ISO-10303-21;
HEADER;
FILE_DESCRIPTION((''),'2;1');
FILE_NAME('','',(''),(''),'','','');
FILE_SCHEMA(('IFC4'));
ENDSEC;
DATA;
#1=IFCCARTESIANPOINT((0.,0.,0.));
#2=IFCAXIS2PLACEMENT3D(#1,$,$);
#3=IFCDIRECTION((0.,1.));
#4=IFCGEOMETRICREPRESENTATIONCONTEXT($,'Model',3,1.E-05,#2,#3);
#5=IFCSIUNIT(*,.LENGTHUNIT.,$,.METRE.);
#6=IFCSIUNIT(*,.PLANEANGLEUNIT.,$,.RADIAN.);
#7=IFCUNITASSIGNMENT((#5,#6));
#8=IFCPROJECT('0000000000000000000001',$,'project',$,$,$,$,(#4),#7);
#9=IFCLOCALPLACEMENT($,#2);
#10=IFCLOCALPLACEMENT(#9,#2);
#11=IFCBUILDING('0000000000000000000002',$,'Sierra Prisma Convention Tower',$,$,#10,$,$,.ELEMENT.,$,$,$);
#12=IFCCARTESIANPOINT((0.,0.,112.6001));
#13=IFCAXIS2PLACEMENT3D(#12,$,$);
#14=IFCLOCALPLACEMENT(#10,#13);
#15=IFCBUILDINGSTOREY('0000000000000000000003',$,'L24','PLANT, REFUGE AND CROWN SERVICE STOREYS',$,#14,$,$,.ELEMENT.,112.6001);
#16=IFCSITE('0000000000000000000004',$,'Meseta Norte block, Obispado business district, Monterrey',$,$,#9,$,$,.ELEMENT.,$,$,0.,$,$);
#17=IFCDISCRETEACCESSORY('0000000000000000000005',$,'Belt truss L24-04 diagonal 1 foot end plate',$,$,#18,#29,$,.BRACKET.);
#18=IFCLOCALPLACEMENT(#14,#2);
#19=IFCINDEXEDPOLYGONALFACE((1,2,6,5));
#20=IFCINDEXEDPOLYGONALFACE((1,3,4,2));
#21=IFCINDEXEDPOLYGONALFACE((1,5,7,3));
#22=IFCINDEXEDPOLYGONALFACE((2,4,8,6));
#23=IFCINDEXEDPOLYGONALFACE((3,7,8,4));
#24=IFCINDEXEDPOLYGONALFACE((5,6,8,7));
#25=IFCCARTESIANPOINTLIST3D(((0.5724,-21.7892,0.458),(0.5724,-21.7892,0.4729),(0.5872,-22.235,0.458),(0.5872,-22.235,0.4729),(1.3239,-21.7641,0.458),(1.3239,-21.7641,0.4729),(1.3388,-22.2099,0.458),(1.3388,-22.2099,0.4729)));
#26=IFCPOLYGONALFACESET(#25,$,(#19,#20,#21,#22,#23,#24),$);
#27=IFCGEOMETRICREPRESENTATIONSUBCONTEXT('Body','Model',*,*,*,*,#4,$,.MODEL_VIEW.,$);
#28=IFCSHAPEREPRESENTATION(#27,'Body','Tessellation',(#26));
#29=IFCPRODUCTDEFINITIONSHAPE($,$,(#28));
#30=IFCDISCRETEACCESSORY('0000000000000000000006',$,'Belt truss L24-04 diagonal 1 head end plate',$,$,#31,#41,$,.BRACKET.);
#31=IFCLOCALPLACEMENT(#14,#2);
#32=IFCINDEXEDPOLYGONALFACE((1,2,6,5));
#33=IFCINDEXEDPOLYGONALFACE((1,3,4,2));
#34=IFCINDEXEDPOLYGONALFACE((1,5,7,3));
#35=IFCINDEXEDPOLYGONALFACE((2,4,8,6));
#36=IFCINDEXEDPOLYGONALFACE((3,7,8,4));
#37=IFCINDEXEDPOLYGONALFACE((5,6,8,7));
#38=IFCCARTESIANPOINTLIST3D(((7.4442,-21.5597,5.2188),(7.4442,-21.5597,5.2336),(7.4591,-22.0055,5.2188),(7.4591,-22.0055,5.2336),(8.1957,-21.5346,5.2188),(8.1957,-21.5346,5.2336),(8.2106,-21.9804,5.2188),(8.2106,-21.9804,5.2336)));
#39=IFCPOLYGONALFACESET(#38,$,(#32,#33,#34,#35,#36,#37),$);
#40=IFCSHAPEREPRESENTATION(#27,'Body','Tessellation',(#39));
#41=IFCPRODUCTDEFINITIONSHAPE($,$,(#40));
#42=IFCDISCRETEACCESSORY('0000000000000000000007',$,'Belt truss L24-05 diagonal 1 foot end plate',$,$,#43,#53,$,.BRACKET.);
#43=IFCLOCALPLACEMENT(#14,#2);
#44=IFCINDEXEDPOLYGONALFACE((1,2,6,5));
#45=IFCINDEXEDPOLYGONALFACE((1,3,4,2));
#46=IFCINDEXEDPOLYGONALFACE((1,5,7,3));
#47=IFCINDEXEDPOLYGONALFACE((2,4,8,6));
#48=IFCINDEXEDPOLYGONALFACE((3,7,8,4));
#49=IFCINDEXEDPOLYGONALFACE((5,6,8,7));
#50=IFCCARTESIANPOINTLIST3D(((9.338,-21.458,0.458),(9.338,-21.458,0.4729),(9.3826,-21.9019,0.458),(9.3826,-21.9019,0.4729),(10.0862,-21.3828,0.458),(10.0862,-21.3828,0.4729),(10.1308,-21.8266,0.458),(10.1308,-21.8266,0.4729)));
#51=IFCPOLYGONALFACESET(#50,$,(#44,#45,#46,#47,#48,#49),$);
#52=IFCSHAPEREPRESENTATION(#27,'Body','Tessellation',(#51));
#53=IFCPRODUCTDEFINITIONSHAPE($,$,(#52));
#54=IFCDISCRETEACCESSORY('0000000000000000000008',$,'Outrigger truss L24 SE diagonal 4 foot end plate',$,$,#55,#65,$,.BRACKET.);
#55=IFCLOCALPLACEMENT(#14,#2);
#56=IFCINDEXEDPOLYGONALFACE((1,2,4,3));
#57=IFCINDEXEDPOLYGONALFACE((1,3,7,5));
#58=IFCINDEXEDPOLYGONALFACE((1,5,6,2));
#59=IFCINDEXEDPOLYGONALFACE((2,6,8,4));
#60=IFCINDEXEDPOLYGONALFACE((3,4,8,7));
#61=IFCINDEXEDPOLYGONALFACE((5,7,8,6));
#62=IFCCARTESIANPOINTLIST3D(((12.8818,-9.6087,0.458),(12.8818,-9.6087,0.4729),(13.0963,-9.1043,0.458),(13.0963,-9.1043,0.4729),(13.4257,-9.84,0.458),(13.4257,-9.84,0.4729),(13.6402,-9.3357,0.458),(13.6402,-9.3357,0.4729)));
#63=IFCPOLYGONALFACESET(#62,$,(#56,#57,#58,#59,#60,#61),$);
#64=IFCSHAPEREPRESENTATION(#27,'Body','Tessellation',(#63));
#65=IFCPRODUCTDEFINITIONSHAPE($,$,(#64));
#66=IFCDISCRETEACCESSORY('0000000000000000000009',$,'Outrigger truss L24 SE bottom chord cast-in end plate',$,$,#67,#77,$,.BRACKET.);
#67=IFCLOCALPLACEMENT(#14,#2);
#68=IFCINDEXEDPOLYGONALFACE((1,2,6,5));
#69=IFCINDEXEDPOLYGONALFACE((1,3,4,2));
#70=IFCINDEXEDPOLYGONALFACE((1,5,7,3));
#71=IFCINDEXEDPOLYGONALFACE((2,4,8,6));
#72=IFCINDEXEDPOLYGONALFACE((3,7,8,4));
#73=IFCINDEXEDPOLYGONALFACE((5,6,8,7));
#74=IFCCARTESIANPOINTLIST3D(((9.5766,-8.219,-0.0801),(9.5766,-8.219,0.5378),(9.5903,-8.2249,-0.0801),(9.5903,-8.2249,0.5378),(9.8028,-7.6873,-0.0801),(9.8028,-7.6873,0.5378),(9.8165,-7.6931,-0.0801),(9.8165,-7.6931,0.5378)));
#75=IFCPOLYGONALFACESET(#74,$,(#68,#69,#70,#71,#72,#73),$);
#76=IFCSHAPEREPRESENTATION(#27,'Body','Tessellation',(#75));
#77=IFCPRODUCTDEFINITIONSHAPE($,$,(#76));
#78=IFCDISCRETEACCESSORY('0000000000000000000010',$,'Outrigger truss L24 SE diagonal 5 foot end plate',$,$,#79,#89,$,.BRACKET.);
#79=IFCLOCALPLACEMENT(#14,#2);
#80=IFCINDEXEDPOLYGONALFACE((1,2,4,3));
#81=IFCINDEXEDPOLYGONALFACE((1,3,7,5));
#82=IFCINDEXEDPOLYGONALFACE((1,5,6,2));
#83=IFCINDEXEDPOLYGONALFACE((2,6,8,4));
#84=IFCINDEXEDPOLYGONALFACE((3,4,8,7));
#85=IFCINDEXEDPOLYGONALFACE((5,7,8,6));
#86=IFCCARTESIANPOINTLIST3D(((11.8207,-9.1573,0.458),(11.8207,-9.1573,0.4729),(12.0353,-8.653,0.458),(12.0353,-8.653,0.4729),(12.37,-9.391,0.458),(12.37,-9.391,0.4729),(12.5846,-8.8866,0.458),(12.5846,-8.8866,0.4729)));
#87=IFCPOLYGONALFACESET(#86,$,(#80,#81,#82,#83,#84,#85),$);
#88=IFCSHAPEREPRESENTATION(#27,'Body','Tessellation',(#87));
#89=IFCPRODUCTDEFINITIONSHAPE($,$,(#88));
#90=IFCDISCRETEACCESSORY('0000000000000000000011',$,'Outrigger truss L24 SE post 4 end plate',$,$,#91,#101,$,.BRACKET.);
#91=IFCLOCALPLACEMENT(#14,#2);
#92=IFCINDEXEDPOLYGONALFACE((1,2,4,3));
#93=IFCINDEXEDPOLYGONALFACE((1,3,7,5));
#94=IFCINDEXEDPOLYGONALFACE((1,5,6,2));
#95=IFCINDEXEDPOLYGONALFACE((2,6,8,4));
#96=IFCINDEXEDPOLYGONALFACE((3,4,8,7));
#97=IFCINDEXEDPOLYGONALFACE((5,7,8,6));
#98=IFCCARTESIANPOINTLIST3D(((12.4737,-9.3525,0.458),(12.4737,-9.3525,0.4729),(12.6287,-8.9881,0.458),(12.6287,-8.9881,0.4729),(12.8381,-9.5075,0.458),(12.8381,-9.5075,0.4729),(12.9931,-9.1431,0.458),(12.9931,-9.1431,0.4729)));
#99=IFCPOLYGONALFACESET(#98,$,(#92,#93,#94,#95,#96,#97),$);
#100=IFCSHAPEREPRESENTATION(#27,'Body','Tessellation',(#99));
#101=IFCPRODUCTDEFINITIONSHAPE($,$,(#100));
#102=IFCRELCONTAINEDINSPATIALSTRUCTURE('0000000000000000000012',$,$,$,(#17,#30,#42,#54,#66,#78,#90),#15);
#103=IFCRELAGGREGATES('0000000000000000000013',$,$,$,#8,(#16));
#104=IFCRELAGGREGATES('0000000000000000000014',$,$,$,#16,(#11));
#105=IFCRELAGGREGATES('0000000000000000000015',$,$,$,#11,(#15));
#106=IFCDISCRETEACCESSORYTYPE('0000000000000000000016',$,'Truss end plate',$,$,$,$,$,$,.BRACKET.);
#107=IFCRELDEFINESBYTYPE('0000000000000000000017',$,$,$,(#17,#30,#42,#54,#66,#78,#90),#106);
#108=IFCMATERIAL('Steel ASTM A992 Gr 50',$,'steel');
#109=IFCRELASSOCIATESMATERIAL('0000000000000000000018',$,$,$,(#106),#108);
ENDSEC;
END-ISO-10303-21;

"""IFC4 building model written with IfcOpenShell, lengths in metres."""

from ifc_helpers import new_model, si_unit, direction, frame, origin, origin_2d, place, context, subcontext, project, spatial, rectangle, extrude, material, type_object, element, save


model = new_model("IFC4")

# Units and contexts
model_context = context("Model", 3, precision=1e-05, world=origin(), true_north=direction((0.0, 1.0)))
body_context = subcontext(model_context, "Body", "Model", "MODEL_VIEW")
ifc_project = project(units=[si_unit("LENGTHUNIT", "METRE"), si_unit("PLANEANGLEUNIT", "RADIAN")], contexts=[model_context])

# Site, building, storey
site_placement = place(None, origin())
site = spatial("IfcSite", under=ifc_project, at=site_placement, Name="Meseta Norte block, Obispado business district, Monterrey", CompositionType="ELEMENT", RefElevation=0.0)
building_placement = place(site_placement, origin())
building = spatial("IfcBuilding", under=site, at=building_placement, Name="Sierra Prisma Convention Tower", CompositionType="ELEMENT")
storey_placement = place(building_placement, frame((0.0, 0.0, 112.6001)))
storey = spatial("IfcBuildingStorey", under=building, at=storey_placement, Name="L24", Description="PLANT, REFUGE AND CROWN SERVICE STOREYS", CompositionType="ELEMENT", Elevation=112.6001)

# Discrete accessories
ifc_material_1 = material(Name="Steel ASTM A992 Gr 50", Category="steel")
discrete_accessory_type = type_object("IfcDiscreteAccessoryType", Name="Truss end plate", PredefinedType="BRACKET", material=ifc_material_1)
for number, where, z_axis, x_axis, name in (
    (1, (0.9556, -21.9995, 0.458), (0.0, 0.0, 1.0), (0.999442, 0.033387, 0.0), "Belt truss L24-04 diagonal 1 foot end plate"),
    (2, (7.8274, -21.77, 5.2188), (0.0, 0.0, 1.0), (0.999442, 0.033387, 0.0), "Belt truss L24-04 diagonal 1 head end plate"),
    (3, (9.7344, -21.6423, 0.458), (0.0, 0.0, 1.0), (0.994983, 0.100047, 0.0), "Belt truss L24-05 diagonal 1 foot end plate"),
):
    element("IfcDiscreteAccessory", number, at=place(storey_placement, frame(where, z_axis=z_axis, x_axis=x_axis)), inside=storey, type_object=discrete_accessory_type, Name=name, PredefinedType="BRACKET", context=body_context, shape_type="SweptSolid", body=[
        extrude(rectangle(XDim=0.752, YDim=0.446, at=origin_2d()), origin(), (0.0, 0.0, 1.0), 0.0149),
    ])
discrete_accessory_1_placement = place(storey_placement, frame((13.261, -9.4722, 0.458), z_axis=(0.0, 0.0, 1.0), x_axis=(-0.920213, 0.391419, 0.0)))
element("IfcDiscreteAccessory", 4, at=discrete_accessory_1_placement, inside=storey, type_object=discrete_accessory_type, Name="Outrigger truss L24 SE diagonal 4 foot end plate", PredefinedType="BRACKET", context=body_context, shape_type="SweptSolid", body=[
    extrude(rectangle(XDim=0.5911, YDim=0.5481, at=origin_2d()), origin(), (0.0, 0.0, 1.0), 0.0149),
])
discrete_accessory_2_placement = place(storey_placement, frame((9.6965, -7.9561, -0.0801), z_axis=(0.0, 0.0, 1.0), x_axis=(-0.920213, 0.391419, 0.0)))
element("IfcDiscreteAccessory", 5, at=discrete_accessory_2_placement, inside=storey, type_object=discrete_accessory_type, Name="Outrigger truss L24 SE bottom chord cast-in end plate", PredefinedType="BRACKET", context=body_context, shape_type="SweptSolid", body=[
    extrude(rectangle(XDim=0.0149, YDim=0.5779, at=origin_2d()), origin(), (0.0, 0.0, 1.0), 0.6179),
])
discrete_accessory_3_placement = place(storey_placement, frame((12.2026, -9.022, 0.458), z_axis=(0.0, 0.0, 1.0), x_axis=(-0.920213, 0.391419, 0.0)))
element("IfcDiscreteAccessory", 6, at=discrete_accessory_3_placement, inside=storey, type_object=discrete_accessory_type, Name="Outrigger truss L24 SE diagonal 5 foot end plate", PredefinedType="BRACKET", context=body_context, shape_type="SweptSolid", body=[
    extrude(rectangle(XDim=0.5969, YDim=0.5481, at=origin_2d()), origin(), (0.0, 0.0, 1.0), 0.0149),
])
discrete_accessory_4_placement = place(storey_placement, frame((12.7334, -9.2478, 0.458), z_axis=(0.0, 0.0, 1.0), x_axis=(-0.920213, 0.391419, 0.0)))
element("IfcDiscreteAccessory", 7, at=discrete_accessory_4_placement, inside=storey, type_object=discrete_accessory_type, Name="Outrigger truss L24 SE post 4 end plate", PredefinedType="BRACKET", context=body_context, shape_type="SweptSolid", body=[
    extrude(rectangle(XDim=0.396, YDim=0.396, at=origin_2d()), origin(), (0.0, 0.0, 1.0), 0.0149),
])

save(model, "model.ifc")
